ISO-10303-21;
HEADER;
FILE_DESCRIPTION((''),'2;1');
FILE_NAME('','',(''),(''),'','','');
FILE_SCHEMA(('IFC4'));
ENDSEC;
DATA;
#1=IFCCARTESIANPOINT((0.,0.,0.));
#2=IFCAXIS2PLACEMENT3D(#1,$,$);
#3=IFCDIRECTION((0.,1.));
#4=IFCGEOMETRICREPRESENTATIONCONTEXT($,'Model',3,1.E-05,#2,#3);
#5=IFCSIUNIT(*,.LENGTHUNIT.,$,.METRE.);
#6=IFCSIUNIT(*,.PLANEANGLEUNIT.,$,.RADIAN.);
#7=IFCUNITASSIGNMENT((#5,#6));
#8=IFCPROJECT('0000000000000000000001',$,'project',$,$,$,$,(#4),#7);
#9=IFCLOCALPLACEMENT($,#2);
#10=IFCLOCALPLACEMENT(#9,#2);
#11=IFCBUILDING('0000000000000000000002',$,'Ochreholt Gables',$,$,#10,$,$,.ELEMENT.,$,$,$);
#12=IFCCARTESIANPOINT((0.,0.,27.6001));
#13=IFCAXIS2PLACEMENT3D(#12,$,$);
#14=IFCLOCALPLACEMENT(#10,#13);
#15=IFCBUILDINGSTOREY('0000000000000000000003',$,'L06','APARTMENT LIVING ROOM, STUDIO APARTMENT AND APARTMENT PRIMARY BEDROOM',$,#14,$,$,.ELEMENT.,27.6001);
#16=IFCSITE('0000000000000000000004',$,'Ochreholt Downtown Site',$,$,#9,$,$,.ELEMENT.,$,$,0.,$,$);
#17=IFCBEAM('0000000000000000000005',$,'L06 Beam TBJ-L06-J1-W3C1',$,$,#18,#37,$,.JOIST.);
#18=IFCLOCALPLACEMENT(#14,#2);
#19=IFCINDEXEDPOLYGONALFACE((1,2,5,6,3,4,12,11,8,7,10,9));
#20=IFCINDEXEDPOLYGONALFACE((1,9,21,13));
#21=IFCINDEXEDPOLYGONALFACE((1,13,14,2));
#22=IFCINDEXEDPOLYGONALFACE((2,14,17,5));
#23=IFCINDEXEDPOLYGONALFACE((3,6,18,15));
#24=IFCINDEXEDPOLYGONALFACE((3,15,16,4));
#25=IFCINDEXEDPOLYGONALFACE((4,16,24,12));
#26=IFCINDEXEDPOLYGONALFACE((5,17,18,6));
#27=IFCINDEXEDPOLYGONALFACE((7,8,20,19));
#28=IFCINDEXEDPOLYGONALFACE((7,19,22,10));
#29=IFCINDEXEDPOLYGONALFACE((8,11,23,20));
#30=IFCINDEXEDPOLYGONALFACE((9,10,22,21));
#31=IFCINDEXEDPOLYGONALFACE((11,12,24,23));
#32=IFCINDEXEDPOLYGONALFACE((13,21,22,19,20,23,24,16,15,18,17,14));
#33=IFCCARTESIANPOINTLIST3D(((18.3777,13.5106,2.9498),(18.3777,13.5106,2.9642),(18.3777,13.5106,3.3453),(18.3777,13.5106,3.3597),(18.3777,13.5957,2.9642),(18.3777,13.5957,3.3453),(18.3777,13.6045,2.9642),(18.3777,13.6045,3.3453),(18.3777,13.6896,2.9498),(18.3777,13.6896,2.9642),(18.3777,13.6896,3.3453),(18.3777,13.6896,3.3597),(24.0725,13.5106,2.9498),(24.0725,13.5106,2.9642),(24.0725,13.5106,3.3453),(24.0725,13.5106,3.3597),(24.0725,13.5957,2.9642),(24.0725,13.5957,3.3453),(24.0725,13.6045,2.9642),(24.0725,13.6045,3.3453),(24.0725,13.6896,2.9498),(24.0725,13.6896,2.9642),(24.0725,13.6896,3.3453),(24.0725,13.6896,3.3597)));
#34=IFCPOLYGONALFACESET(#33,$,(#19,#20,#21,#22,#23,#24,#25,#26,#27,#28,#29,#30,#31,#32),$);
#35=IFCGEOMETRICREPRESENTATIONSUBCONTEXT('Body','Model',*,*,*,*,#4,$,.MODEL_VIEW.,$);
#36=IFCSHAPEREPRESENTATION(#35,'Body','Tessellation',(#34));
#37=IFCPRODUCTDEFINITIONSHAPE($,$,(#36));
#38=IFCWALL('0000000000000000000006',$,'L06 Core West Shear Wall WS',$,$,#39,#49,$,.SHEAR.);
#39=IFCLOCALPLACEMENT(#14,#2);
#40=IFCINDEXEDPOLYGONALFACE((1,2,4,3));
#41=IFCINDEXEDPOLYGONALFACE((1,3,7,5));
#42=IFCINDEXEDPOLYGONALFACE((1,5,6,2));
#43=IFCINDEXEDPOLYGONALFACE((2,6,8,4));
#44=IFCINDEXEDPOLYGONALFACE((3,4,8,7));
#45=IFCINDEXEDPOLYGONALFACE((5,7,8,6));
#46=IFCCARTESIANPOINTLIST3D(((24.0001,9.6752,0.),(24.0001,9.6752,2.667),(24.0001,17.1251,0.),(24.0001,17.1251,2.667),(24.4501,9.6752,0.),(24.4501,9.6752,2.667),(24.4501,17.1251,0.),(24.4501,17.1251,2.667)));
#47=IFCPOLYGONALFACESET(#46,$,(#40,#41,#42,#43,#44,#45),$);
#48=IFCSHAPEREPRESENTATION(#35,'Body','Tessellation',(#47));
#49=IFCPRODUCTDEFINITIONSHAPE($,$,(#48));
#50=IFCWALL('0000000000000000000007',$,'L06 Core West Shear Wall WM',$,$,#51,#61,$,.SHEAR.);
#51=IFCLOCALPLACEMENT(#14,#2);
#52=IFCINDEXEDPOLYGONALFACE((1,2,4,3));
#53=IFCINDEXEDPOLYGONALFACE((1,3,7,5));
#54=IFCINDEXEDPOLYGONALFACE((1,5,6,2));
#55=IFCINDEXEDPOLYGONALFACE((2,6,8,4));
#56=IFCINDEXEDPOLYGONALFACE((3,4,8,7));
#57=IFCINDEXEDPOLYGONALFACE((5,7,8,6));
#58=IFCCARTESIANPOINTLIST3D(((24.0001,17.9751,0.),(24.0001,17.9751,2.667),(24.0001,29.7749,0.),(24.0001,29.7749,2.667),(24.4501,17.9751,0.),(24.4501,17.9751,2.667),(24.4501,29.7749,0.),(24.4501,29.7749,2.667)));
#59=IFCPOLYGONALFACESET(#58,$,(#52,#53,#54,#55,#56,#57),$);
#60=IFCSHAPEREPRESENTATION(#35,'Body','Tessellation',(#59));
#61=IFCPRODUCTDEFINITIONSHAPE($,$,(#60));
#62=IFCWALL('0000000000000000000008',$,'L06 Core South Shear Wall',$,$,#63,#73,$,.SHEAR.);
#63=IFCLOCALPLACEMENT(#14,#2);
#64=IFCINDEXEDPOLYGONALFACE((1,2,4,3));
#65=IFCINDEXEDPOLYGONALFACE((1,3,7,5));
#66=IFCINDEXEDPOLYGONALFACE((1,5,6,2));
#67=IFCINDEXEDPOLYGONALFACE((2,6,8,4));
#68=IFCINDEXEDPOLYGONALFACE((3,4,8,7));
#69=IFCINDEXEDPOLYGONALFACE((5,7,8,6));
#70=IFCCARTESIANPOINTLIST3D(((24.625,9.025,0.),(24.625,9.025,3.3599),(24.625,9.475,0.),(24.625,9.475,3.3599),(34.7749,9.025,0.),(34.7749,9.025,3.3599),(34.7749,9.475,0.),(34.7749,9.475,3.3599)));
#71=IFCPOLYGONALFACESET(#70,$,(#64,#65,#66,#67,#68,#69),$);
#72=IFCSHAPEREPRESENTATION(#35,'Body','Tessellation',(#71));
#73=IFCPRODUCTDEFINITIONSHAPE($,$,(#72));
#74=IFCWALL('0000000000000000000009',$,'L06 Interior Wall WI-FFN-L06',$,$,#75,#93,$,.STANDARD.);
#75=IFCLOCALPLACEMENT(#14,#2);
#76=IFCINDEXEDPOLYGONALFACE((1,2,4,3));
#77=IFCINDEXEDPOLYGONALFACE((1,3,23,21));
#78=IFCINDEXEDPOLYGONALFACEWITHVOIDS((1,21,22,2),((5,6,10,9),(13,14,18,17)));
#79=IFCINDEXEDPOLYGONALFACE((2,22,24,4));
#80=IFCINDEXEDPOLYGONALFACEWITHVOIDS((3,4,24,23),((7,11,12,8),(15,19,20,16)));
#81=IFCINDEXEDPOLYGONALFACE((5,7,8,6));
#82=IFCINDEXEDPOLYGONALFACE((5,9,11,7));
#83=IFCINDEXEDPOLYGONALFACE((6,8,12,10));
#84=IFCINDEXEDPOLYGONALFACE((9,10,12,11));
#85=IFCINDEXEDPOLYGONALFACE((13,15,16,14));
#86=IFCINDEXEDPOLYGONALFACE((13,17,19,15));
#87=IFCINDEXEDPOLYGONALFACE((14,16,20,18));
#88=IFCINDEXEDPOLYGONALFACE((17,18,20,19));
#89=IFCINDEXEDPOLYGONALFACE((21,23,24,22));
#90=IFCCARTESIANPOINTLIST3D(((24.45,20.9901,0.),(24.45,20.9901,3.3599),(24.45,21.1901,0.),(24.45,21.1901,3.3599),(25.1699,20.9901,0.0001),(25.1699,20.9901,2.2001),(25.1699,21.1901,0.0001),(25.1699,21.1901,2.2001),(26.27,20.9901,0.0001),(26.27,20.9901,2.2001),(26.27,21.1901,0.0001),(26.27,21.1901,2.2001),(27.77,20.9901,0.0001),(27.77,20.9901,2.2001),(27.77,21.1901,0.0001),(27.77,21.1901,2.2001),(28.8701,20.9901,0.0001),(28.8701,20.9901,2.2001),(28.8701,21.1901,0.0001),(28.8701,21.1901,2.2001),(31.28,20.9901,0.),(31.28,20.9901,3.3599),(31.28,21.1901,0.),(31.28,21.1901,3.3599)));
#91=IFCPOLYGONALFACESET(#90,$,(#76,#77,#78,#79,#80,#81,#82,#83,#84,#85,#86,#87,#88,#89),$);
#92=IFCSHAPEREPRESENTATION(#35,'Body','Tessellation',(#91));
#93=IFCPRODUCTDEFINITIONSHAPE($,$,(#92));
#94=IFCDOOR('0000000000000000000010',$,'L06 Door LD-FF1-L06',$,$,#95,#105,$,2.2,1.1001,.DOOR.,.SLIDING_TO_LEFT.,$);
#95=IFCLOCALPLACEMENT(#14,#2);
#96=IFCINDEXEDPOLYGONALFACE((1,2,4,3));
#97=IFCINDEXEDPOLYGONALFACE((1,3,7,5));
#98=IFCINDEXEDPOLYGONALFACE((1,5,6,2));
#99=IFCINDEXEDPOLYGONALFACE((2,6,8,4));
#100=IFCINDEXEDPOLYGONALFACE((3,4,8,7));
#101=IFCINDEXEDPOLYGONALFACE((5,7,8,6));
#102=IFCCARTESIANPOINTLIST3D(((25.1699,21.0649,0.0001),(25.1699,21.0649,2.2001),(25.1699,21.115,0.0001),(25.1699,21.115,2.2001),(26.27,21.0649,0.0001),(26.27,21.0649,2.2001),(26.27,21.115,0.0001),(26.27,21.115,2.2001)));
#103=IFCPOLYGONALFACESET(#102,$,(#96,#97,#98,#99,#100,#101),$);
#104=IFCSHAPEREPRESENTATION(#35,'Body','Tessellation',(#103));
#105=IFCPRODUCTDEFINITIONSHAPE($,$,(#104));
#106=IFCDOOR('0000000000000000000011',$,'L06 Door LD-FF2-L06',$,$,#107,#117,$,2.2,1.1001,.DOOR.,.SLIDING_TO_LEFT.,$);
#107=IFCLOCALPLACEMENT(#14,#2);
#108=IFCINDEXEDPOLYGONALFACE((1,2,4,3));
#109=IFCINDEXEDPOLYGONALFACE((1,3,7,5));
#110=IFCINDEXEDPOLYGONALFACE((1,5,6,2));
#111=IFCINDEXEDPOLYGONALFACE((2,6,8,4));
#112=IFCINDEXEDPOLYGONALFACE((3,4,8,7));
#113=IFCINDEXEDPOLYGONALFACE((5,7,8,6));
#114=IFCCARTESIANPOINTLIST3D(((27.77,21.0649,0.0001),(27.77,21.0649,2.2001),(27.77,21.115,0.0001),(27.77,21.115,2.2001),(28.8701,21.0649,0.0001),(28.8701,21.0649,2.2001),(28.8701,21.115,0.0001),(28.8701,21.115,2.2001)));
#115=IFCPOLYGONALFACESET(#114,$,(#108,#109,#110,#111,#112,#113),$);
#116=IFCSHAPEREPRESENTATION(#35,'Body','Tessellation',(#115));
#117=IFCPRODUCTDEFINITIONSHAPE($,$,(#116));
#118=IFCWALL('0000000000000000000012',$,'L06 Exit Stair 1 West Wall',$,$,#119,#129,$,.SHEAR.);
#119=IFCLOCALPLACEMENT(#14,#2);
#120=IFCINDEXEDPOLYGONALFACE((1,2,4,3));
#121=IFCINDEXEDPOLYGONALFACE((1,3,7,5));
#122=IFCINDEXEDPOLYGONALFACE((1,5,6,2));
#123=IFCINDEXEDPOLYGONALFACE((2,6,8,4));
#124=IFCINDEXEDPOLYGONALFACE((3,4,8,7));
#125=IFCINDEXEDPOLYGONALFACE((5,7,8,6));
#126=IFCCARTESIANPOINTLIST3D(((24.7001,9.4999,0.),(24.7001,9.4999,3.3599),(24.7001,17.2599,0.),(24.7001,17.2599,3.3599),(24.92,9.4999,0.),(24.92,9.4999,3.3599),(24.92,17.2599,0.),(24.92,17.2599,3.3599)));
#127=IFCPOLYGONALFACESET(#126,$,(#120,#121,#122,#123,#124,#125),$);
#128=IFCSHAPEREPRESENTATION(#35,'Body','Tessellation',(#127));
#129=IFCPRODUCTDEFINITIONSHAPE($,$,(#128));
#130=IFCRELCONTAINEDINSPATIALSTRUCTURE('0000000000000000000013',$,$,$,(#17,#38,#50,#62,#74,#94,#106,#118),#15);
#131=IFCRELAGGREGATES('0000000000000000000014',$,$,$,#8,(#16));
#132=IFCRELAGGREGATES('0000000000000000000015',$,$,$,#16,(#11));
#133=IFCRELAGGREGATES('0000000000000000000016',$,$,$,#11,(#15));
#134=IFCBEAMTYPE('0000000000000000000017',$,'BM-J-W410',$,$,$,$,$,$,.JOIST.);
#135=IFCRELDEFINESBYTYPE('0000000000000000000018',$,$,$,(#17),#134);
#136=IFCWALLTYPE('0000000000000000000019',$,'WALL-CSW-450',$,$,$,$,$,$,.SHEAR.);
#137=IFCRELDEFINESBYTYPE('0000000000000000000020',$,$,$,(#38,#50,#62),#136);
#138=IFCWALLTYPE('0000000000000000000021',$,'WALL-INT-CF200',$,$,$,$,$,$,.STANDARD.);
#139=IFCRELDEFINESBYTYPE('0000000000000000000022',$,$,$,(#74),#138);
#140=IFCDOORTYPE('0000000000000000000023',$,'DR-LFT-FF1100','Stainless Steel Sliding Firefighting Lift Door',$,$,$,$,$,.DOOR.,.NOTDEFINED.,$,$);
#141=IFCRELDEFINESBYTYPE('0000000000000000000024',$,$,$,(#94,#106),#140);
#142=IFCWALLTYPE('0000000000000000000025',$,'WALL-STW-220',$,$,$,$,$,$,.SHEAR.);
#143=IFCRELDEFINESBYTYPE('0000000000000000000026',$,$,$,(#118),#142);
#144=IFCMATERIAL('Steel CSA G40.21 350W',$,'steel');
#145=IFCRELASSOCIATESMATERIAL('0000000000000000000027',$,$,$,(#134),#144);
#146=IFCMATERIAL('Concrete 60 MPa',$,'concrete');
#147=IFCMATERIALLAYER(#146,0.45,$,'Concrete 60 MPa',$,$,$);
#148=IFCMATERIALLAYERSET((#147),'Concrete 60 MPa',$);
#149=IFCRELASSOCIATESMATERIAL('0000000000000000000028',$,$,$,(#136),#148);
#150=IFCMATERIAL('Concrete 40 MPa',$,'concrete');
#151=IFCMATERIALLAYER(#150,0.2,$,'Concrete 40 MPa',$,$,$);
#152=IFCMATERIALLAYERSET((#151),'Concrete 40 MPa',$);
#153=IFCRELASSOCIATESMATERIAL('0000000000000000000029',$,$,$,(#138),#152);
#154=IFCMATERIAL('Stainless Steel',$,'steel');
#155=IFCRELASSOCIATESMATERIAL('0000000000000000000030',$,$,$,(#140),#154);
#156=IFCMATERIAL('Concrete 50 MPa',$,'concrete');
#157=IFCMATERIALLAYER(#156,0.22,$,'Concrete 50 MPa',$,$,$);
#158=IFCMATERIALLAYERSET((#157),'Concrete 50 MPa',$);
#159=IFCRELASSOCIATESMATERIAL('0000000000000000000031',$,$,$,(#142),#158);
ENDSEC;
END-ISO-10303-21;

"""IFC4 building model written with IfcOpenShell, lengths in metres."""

from ifc_helpers import new_model, si_unit, direction, frame, frame_2d, origin, origin_2d, place, context, subcontext, project, spatial, rectangle, i_section, extrude, material, layer, layer_set, material_profile, profile_set, type_object, element, fill, save


model = new_model("IFC4")

# Units and contexts
model_context = context("Model", 3, precision=1e-05, world=origin(), true_north=direction((0.0, 1.0)))
body_context = subcontext(model_context, "Body", "Model", "MODEL_VIEW")
ifc_project = project(units=[si_unit("LENGTHUNIT", "METRE"), si_unit("PLANEANGLEUNIT", "RADIAN")], contexts=[model_context])

# Site, building, storey
site_placement = place(None, origin())
site = spatial("IfcSite", under=ifc_project, at=site_placement, Name="Ochreholt Downtown Site", CompositionType="ELEMENT", RefElevation=0.0)
building_placement = place(site_placement, origin())
building = spatial("IfcBuilding", under=site, at=building_placement, Name="Ochreholt Gables", CompositionType="ELEMENT")
storey_placement = place(building_placement, frame((0.0, 0.0, 27.6001)))
storey = spatial("IfcBuildingStorey", under=building, at=storey_placement, Name="L06", Description="APARTMENT LIVING ROOM, STUDIO APARTMENT AND APARTMENT PRIMARY BEDROOM", CompositionType="ELEMENT", Elevation=27.6001)

# Shared definitions
ifc_material_1 = material(Name="Concrete 60 MPa", Category="concrete")

# Beam
ifc_material_2 = material(Name="Steel CSA G40.21 350W", Category="steel")
ifc_material_profile_1 = material_profile(ifc_material_2, i_section(OverallWidth=0.179, OverallDepth=0.4099, WebThickness=0.0088, FlangeThickness=0.0144, at=origin_2d()), Name="W410X67")
ifc_profile_set_1 = profile_set([ifc_material_profile_1], Name="Steel CSA G40.21 350W")
beam_type_1 = type_object("IfcBeamType", Name="BM-J-W410", PredefinedType="JOIST", material=ifc_profile_set_1)
beam_1_placement = place(storey_placement, frame((18.3777, 13.6001, 3.1548), z_axis=(1.0, 0.0, 0.0), x_axis=(0.0, 1.0, 0.0)))
element("IfcBeam", 1, at=beam_1_placement, inside=storey, type_object=beam_type_1, Name="L06 Beam TBJ-L06-J1-W3C1", PredefinedType="JOIST", context=body_context, shape_type="SweptSolid", body=[
    extrude(i_section(OverallWidth=0.179, OverallDepth=0.4099, WebThickness=0.0088, FlangeThickness=0.0144, at=origin_2d()), origin(), (0.0, 0.0, 1.0), 5.6948),
])

# Walls
ifc_layer_1 = layer(ifc_material_1, 0.45, Name="Concrete 60 MPa")
ifc_layer_set_1 = layer_set([ifc_layer_1], Name="Concrete 60 MPa")
wall_type_1 = type_object("IfcWallType", Name="WALL-CSW-450", PredefinedType="SHEAR", material=ifc_layer_set_1)
wall_1_placement = place(storey_placement, frame((24.2251, 9.675, 0.0), z_axis=(0.0, 0.0, 1.0), x_axis=(0.0, 1.0, 0.0)))
element("IfcWall", 2, at=wall_1_placement, inside=storey, type_object=wall_type_1, Name="L06 Core West Shear Wall WS", PredefinedType="SHEAR", context=body_context, shape_type="SweptSolid", body=[
    extrude(rectangle(XDim=7.45, YDim=0.45, at=frame_2d((3.7251, 0.0))), origin(), (0.0, 0.0, 1.0), 2.667),
])
wall_2_placement = place(storey_placement, frame((24.2251, 17.9751, 0.0), z_axis=(0.0, 0.0, 1.0), x_axis=(0.0, 1.0, 0.0)))
element("IfcWall", 3, at=wall_2_placement, inside=storey, type_object=wall_type_1, Name="L06 Core West Shear Wall WM", PredefinedType="SHEAR", context=body_context, shape_type="SweptSolid", body=[
    extrude(rectangle(XDim=11.7998, YDim=0.45, at=frame_2d((5.8999, 0.0))), origin(), (0.0, 0.0, 1.0), 2.667),
])
wall_3_placement = place(storey_placement, frame((24.625, 9.25, 0.0), z_axis=(0.0, 0.0, 1.0), x_axis=(1.0, 0.0, 0.0)))
element("IfcWall", 4, at=wall_3_placement, inside=storey, type_object=wall_type_1, Name="L06 Core South Shear Wall", PredefinedType="SHEAR", context=body_context, shape_type="SweptSolid", body=[
    extrude(rectangle(XDim=10.1499, YDim=0.45, at=frame_2d((5.075, 0.0))), origin(), (0.0, 0.0, 1.0), 3.3599),
])

# Wall, openings, doors
ifc_material_3 = material(Name="Concrete 40 MPa", Category="concrete")
ifc_layer_2 = layer(ifc_material_3, 0.2, Name="Concrete 40 MPa")
ifc_layer_set_2 = layer_set([ifc_layer_2], Name="Concrete 40 MPa")
wall_type_2 = type_object("IfcWallType", Name="WALL-INT-CF200", PredefinedType="STANDARD", material=ifc_layer_set_2)
wall_4_placement = place(storey_placement, frame((24.45, 21.0901, 0.0), z_axis=(0.0, 0.0, 1.0), x_axis=(1.0, 0.0, 0.0)))
wall_4 = element("IfcWall", 5, at=wall_4_placement, inside=storey, type_object=wall_type_2, Name="L06 Interior Wall WI-FFN-L06", PredefinedType="STANDARD", context=body_context, shape_type="SweptSolid", body=[
    extrude(rectangle(XDim=6.8301, YDim=0.2, at=frame_2d((3.415, 0.0))), origin(), (0.0, 0.0, 1.0), 3.3599),
])
opening_1_placement = place(wall_4_placement, frame((0.72, 0.0, 0.0)))
opening_1 = element("IfcOpeningElement", 6, at=opening_1_placement, cuts=wall_4, PredefinedType="OPENING", context=body_context, shape_type="SweptSolid", body=[
    extrude(rectangle(XDim=1.1001, YDim=2.2, at=frame_2d((0.55, 1.1001))), frame((0.0, 0.1099, 0.0), z_axis=(0.0, -1.0, 0.0), x_axis=(1.0, 0.0, 0.0)), (0.0, 0.0, 1.0), 0.22),
])
opening_2_placement = place(wall_4_placement, frame((3.3201, 0.0, 0.0)))
opening_2 = element("IfcOpeningElement", 7, at=opening_2_placement, cuts=wall_4, PredefinedType="OPENING", context=body_context, shape_type="SweptSolid", body=[
    extrude(rectangle(XDim=1.1001, YDim=2.2, at=frame_2d((0.55, 1.1001))), frame((0.0, 0.1099, 0.0), z_axis=(0.0, -1.0, 0.0), x_axis=(1.0, 0.0, 0.0)), (0.0, 0.0, 1.0), 0.22),
])
ifc_material_4 = material(Name="Stainless Steel", Category="steel")
door_type = type_object("IfcDoorType", Name="DR-LFT-FF1100", Description="Stainless Steel Sliding Firefighting Lift Door", OperationType="NOTDEFINED", PredefinedType="DOOR", material=ifc_material_4)
door_1_placement = place(opening_1_placement, origin())
door_1 = element("IfcDoor", 8, at=door_1_placement, inside=storey, type_object=door_type, Name="L06 Door LD-FF1-L06", OperationType="SLIDING_TO_LEFT", OverallHeight=2.2, OverallWidth=1.1001, PredefinedType="DOOR", context=body_context, shape_type="SweptSolid", body=[
    extrude(rectangle(XDim=1.1001, YDim=2.2, at=frame_2d((0.55, 1.1001))), frame((0.0, 0.0249, 0.0), z_axis=(0.0, -1.0, 0.0), x_axis=(1.0, 0.0, 0.0)), (0.0, 0.0, 1.0), 0.05),
])
fill(opening_1, door_1)
door_2_placement = place(opening_2_placement, origin())
door_2 = element("IfcDoor", 9, at=door_2_placement, inside=storey, type_object=door_type, Name="L06 Door LD-FF2-L06", OperationType="SLIDING_TO_LEFT", OverallHeight=2.2, OverallWidth=1.1001, PredefinedType="DOOR", context=body_context, shape_type="SweptSolid", body=[
    extrude(rectangle(XDim=1.1001, YDim=2.2, at=frame_2d((0.55, 1.1001))), frame((0.0, 0.0249, 0.0), z_axis=(0.0, -1.0, 0.0), x_axis=(1.0, 0.0, 0.0)), (0.0, 0.0, 1.0), 0.05),
])
fill(opening_2, door_2)

# Wall
ifc_material_5 = material(Name="Concrete 50 MPa", Category="concrete")
ifc_layer_3 = layer(ifc_material_5, 0.22, Name="Concrete 50 MPa")
ifc_layer_set_3 = layer_set([ifc_layer_3], Name="Concrete 50 MPa")
wall_type_3 = type_object("IfcWallType", Name="WALL-STW-220", PredefinedType="SHEAR", material=ifc_layer_set_3)
wall_5_placement = place(storey_placement, frame((24.8101, 9.5, 0.0), z_axis=(0.0, 0.0, 1.0), x_axis=(0.0, 1.0, 0.0)))
element("IfcWall", 10, at=wall_5_placement, inside=storey, type_object=wall_type_3, Name="L06 Exit Stair 1 West Wall", PredefinedType="SHEAR", context=body_context, shape_type="SweptSolid", body=[
    extrude(rectangle(XDim=7.76, YDim=0.22, at=frame_2d((3.8799, 0.0))), origin(), (0.0, 0.0, 1.0), 3.3599),
])

save(model, "model.ifc")
